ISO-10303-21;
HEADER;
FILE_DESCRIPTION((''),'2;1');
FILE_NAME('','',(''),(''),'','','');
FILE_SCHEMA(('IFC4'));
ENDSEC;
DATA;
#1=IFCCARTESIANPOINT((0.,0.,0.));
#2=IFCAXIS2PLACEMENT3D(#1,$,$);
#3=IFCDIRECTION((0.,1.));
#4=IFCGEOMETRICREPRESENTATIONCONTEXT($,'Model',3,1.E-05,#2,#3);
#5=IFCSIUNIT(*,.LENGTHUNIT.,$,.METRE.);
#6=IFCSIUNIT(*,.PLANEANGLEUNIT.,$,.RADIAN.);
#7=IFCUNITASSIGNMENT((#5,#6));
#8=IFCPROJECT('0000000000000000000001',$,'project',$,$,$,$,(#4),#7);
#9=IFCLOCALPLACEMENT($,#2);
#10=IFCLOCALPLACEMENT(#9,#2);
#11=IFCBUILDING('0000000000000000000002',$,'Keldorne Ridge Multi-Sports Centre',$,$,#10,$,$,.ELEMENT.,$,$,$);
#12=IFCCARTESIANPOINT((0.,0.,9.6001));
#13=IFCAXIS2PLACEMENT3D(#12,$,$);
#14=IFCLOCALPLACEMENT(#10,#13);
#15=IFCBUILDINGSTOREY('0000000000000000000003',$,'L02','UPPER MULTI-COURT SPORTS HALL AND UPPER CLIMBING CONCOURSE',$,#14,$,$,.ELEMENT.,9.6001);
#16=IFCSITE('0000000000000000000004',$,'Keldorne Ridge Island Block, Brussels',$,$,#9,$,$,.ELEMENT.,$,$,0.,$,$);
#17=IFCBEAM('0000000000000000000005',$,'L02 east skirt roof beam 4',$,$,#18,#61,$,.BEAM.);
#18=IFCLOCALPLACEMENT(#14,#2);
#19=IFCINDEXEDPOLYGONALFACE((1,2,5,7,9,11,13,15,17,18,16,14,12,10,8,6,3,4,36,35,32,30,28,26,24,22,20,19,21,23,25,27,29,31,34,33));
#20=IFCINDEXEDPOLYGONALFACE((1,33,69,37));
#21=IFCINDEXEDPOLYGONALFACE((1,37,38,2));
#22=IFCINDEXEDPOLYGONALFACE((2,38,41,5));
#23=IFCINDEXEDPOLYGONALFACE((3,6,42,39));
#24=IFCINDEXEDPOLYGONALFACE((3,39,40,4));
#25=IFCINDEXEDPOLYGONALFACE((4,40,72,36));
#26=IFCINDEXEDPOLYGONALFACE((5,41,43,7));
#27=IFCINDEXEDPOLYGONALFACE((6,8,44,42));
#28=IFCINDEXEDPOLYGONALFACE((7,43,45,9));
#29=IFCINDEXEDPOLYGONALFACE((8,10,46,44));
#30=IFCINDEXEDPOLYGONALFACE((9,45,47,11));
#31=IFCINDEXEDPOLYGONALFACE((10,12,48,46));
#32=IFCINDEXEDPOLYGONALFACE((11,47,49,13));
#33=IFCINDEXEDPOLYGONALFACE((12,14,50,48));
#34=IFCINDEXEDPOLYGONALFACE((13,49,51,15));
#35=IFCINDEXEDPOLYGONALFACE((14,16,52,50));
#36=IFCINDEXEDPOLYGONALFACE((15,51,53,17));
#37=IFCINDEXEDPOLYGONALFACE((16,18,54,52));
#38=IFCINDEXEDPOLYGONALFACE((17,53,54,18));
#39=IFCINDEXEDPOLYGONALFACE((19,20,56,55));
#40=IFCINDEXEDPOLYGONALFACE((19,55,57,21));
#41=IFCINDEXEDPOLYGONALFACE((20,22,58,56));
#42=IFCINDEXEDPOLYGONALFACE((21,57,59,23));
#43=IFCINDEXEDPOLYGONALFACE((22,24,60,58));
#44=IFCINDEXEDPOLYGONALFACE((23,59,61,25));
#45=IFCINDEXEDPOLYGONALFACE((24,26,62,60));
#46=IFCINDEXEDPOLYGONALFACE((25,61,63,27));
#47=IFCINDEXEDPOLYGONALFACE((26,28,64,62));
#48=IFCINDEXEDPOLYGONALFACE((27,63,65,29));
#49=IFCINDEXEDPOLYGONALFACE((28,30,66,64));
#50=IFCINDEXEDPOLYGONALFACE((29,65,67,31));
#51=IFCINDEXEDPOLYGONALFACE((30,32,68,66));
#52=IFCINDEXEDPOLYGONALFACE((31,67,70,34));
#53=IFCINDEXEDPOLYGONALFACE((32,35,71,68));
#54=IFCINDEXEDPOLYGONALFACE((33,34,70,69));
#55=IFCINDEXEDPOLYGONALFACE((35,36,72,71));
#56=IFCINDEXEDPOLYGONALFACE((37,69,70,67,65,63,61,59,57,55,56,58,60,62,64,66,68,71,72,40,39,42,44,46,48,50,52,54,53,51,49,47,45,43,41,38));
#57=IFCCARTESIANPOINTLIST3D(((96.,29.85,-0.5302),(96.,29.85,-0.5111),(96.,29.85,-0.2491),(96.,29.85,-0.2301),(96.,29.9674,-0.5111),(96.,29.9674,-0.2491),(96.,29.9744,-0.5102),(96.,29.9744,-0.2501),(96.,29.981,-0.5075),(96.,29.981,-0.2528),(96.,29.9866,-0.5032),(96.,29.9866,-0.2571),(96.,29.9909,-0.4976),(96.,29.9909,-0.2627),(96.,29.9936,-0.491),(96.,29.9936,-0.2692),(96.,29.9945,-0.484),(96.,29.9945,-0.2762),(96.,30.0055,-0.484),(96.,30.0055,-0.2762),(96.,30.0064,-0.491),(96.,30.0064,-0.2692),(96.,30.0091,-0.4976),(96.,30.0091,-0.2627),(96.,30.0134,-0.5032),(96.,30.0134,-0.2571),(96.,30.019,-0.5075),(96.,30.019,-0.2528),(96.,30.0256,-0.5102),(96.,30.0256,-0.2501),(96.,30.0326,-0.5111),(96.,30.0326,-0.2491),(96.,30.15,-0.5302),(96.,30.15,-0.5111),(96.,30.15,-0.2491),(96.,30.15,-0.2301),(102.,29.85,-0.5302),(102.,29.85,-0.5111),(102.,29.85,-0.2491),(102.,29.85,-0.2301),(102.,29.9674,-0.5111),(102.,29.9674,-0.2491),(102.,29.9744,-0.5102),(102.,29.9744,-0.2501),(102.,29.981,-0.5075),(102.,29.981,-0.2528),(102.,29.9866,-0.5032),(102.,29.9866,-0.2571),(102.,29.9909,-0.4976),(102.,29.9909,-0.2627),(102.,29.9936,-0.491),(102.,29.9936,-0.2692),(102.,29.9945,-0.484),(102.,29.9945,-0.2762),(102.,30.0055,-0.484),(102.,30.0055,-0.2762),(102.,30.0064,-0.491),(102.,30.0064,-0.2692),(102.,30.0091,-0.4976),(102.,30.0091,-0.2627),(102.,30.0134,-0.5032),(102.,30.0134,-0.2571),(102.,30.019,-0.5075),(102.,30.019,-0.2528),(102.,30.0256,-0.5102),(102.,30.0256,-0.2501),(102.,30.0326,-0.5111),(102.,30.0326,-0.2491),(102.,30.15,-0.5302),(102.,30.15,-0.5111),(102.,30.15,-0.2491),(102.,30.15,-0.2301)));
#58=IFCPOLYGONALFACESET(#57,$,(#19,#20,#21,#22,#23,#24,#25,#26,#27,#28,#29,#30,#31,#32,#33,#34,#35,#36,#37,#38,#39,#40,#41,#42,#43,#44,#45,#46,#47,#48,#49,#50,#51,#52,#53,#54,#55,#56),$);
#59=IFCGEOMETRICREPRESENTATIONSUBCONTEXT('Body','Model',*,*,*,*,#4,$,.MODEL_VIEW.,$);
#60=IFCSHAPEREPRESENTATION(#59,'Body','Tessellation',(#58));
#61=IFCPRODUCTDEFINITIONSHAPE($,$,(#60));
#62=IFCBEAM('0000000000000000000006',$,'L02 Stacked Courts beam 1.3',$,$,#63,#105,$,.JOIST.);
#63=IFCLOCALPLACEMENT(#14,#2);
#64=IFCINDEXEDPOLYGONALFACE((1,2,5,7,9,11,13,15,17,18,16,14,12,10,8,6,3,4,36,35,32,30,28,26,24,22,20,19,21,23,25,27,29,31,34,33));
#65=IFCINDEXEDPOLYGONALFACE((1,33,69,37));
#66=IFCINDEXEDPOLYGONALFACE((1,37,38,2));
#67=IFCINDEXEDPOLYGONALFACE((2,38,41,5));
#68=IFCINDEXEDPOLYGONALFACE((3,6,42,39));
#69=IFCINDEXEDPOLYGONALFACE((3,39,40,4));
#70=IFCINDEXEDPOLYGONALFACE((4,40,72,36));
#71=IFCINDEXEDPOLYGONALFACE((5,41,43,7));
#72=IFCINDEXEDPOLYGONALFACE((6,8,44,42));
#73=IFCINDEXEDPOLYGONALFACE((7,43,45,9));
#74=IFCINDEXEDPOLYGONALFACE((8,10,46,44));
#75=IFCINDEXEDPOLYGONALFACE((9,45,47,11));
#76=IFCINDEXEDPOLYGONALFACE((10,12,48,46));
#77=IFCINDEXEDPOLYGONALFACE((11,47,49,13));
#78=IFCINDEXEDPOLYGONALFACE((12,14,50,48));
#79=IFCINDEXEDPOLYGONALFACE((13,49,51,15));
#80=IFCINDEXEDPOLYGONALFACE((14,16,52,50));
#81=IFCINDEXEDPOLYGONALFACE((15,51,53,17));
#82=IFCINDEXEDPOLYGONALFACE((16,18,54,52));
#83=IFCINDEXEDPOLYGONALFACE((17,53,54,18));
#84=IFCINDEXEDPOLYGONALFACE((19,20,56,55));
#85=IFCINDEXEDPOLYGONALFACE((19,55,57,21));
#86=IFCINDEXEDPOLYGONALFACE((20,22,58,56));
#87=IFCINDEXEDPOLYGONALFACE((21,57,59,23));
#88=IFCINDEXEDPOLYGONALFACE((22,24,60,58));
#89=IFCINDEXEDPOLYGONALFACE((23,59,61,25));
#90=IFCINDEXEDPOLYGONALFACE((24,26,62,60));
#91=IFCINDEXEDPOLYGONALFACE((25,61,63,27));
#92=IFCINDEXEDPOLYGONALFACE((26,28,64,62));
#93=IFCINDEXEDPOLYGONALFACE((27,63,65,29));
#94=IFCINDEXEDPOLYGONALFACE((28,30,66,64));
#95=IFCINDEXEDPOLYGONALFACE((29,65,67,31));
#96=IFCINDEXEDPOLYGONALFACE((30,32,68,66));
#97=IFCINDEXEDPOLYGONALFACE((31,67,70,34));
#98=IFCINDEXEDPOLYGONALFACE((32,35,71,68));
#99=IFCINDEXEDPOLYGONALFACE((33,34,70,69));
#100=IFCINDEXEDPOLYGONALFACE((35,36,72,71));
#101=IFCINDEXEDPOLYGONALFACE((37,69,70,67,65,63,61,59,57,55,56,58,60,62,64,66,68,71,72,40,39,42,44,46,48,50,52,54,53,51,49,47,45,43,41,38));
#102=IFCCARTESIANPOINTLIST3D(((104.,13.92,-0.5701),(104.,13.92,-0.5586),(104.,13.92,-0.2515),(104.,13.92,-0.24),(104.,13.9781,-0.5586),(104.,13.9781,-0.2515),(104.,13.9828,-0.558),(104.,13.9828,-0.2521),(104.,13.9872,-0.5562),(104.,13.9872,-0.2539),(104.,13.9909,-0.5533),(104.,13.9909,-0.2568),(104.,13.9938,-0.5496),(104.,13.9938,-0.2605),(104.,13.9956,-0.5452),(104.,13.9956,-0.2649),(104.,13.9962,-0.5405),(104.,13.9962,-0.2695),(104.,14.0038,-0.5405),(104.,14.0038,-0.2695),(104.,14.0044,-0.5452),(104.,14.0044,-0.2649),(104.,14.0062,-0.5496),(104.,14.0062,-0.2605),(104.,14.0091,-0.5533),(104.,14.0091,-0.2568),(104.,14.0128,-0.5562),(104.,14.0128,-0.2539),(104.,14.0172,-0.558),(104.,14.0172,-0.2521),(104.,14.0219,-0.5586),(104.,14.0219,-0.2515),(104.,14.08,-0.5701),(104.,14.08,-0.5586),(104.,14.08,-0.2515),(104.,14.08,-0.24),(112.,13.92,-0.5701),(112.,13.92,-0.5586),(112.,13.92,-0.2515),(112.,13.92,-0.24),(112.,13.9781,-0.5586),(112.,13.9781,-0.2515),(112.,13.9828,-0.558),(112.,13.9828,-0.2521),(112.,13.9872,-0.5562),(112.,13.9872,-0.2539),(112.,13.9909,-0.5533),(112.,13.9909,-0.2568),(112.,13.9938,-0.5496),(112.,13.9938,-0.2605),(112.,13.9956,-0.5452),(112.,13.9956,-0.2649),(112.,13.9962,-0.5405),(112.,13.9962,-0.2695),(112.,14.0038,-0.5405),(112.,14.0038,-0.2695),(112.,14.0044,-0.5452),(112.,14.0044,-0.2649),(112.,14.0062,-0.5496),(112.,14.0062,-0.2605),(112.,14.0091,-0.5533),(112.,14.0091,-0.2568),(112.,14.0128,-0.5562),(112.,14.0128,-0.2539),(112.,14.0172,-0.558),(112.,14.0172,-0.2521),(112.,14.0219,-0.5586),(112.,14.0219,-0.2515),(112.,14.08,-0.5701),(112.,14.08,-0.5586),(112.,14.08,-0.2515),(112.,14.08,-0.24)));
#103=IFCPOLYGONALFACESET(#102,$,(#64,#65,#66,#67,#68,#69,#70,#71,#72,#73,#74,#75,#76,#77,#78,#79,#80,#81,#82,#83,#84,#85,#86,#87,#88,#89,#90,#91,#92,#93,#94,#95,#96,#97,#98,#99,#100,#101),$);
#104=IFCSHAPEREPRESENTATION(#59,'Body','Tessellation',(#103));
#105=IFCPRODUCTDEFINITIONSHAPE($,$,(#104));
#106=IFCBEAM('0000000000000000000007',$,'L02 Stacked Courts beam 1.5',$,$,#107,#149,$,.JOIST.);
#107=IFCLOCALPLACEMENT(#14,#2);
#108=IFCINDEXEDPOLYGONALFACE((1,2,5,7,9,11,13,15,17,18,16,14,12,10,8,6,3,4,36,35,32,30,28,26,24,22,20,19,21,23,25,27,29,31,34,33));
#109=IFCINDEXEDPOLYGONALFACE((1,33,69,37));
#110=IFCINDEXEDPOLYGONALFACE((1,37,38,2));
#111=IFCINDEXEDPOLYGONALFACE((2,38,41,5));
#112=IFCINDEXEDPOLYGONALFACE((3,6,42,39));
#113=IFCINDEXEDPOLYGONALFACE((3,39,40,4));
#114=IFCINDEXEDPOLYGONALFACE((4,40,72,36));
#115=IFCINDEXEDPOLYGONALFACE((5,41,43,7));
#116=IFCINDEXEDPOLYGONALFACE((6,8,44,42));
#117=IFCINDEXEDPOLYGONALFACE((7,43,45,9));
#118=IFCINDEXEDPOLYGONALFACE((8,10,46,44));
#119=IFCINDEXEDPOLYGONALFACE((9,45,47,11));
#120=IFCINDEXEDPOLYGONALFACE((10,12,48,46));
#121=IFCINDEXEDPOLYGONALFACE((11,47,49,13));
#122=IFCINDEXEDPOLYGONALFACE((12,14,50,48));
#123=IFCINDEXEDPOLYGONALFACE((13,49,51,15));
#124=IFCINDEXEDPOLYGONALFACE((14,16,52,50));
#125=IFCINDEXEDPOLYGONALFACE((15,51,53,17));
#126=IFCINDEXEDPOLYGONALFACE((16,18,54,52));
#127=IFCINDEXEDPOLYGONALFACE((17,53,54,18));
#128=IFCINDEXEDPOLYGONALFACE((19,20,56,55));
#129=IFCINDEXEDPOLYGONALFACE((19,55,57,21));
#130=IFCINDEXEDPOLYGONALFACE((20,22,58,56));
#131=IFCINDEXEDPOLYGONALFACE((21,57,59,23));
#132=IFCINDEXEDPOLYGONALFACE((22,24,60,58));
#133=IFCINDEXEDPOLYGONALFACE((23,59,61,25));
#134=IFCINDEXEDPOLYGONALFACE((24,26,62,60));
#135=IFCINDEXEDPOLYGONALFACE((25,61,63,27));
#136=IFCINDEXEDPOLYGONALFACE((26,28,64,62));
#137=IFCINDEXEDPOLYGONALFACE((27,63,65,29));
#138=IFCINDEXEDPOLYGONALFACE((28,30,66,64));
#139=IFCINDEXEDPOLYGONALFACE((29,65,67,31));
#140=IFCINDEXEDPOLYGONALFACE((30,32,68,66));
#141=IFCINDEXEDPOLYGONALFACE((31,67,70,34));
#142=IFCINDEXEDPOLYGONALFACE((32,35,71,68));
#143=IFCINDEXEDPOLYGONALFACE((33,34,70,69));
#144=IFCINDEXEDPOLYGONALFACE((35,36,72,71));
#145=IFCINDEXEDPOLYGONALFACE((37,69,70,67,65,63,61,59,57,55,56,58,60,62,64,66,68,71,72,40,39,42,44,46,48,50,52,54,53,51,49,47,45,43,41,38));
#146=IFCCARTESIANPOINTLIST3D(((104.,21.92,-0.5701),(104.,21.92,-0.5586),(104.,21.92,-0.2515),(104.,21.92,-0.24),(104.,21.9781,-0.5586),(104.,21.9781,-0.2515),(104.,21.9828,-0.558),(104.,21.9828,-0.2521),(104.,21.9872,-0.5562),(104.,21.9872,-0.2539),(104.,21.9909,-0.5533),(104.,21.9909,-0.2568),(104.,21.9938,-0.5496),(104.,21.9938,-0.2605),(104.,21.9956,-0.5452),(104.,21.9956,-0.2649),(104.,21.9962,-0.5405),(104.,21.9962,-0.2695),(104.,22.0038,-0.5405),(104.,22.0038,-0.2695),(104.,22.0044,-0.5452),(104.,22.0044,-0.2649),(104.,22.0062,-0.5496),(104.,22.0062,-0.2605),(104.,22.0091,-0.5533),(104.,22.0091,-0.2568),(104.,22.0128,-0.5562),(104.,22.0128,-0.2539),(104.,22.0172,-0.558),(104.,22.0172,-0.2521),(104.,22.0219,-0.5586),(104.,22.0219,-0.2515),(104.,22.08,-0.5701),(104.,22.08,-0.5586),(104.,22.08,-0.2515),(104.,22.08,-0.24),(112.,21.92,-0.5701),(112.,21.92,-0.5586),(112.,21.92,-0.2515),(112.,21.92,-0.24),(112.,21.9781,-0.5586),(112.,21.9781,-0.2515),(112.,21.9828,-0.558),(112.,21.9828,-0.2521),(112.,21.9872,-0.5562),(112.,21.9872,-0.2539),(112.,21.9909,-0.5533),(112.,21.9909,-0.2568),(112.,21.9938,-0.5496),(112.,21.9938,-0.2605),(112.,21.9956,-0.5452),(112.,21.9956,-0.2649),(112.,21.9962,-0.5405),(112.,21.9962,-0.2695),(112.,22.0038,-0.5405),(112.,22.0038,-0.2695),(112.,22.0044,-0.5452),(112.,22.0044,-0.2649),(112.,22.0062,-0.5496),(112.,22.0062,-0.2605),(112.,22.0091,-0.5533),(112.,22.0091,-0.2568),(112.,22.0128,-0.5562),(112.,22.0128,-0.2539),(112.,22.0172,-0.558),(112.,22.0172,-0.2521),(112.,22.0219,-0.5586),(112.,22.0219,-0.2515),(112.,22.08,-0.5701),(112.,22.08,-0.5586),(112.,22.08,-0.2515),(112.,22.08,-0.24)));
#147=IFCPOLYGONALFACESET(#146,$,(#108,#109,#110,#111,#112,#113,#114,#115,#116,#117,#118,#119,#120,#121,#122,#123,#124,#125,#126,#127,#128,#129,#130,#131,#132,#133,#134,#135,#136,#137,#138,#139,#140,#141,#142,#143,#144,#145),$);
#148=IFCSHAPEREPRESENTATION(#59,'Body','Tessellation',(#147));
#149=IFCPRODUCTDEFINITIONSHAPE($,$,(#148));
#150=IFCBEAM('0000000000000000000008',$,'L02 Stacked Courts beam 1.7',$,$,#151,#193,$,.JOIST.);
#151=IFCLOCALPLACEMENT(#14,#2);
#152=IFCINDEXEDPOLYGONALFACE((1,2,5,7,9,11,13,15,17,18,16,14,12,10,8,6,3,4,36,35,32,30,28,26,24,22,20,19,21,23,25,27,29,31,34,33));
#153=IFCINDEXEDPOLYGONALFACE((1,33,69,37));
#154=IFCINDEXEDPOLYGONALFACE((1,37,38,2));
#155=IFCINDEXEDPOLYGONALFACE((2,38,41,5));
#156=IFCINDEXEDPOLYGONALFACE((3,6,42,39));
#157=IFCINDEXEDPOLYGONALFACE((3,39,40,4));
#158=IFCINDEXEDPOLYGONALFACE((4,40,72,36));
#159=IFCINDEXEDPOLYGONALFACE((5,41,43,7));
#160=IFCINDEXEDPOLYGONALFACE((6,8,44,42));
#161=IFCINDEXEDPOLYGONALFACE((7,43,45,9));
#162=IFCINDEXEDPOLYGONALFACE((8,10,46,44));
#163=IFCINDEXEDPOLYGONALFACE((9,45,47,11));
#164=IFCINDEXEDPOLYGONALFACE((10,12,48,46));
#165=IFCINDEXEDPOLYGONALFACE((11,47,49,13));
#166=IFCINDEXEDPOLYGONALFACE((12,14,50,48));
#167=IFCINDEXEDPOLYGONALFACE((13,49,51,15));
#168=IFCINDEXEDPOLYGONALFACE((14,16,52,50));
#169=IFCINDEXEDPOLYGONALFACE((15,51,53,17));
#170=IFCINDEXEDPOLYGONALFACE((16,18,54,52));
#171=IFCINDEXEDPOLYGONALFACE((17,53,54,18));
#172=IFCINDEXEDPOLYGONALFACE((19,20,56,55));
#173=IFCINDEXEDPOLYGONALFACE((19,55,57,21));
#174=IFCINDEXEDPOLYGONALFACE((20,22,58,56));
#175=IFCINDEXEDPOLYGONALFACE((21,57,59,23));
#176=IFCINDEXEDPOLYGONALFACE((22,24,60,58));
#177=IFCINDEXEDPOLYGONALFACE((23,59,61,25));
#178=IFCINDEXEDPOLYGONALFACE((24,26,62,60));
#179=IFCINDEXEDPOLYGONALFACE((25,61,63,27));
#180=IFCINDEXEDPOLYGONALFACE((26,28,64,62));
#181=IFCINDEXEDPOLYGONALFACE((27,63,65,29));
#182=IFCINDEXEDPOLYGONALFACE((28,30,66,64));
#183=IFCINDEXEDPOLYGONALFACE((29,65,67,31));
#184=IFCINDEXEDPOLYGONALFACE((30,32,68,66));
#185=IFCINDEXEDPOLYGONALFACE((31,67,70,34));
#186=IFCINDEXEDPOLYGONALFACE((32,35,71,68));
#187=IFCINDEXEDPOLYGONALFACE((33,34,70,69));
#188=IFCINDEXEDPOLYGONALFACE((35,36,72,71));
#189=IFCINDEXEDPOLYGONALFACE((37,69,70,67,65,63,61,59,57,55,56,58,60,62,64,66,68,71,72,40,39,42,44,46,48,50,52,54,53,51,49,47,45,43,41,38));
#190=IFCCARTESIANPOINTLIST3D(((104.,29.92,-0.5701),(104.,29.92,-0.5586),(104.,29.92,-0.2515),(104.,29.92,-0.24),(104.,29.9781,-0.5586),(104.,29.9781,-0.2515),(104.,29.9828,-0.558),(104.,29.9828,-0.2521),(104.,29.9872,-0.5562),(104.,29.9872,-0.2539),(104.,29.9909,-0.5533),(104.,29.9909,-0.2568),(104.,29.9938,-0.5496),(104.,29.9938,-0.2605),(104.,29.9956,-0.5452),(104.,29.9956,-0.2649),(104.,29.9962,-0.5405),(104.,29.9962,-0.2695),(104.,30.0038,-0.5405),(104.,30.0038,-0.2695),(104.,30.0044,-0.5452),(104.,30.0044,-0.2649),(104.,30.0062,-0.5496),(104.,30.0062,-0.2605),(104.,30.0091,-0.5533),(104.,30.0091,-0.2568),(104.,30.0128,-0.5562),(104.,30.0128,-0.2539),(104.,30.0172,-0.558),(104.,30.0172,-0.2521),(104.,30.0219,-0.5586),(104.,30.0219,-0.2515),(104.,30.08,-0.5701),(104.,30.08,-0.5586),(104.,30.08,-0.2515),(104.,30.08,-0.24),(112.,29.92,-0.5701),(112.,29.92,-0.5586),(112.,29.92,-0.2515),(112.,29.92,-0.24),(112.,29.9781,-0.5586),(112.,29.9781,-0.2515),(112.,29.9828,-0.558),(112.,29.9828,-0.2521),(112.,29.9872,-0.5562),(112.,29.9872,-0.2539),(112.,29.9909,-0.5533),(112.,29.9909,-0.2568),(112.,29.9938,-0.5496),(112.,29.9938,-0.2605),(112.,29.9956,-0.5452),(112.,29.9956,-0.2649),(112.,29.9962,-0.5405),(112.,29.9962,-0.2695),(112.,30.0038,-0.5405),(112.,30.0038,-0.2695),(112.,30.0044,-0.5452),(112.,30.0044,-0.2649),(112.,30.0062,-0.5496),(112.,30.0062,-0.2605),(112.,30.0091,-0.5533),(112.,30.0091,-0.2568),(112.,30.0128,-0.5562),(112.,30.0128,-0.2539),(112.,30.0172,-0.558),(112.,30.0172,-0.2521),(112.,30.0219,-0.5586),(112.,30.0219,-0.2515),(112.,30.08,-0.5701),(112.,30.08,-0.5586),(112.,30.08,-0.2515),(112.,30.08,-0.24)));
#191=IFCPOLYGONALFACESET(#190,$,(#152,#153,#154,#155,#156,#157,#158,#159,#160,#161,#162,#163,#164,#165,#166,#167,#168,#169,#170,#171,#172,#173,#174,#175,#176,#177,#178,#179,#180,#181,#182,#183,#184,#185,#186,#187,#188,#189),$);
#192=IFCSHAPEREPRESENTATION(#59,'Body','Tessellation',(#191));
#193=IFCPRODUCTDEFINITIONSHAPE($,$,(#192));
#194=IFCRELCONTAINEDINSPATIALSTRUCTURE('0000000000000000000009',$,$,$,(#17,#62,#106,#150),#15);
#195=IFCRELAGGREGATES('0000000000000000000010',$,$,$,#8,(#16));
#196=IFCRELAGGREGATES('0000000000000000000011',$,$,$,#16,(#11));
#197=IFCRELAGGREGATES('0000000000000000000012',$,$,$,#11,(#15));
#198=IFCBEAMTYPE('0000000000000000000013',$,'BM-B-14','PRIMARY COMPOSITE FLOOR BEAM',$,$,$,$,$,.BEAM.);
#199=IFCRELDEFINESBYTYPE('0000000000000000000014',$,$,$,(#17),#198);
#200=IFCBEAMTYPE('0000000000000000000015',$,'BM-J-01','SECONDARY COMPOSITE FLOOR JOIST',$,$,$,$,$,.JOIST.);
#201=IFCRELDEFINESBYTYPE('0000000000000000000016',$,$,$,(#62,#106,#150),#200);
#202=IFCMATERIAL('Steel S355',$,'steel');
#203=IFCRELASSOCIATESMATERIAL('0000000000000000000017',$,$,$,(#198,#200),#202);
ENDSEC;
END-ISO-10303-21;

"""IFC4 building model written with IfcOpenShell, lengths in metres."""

from ifc_helpers import new_model, si_unit, direction, frame, origin, origin_2d, place, context, subcontext, project, spatial, i_section, extrude, material, material_profile, profile_set, type_object, element, save


model = new_model("IFC4")

# Units and contexts
model_context = context("Model", 3, precision=1e-05, world=origin(), true_north=direction((0.0, 1.0)))
body_context = subcontext(model_context, "Body", "Model", "MODEL_VIEW")
ifc_project = project(units=[si_unit("LENGTHUNIT", "METRE"), si_unit("PLANEANGLEUNIT", "RADIAN")], contexts=[model_context])

# Site, building, storey
site_placement = place(None, origin())
site = spatial("IfcSite", under=ifc_project, at=site_placement, Name="Keldorne Ridge Island Block, Brussels", CompositionType="ELEMENT", RefElevation=0.0)
building_placement = place(site_placement, origin())
building = spatial("IfcBuilding", under=site, at=building_placement, Name="Keldorne Ridge Multi-Sports Centre", CompositionType="ELEMENT")
storey_placement = place(building_placement, frame((0.0, 0.0, 9.6001)))
storey = spatial("IfcBuildingStorey", under=building, at=storey_placement, Name="L02", Description="UPPER MULTI-COURT SPORTS HALL AND UPPER CLIMBING CONCOURSE", CompositionType="ELEMENT", Elevation=9.6001)

# Shared definitions
ifc_material_1 = material(Name="Steel S355", Category="steel")

# Beams
ifc_material_profile_1 = material_profile(ifc_material_1, i_section(OverallWidth=0.3, OverallDepth=0.3, WebThickness=0.011, FlangeThickness=0.019, FilletRadius=0.0271, at=origin_2d()), Name="HEB 300")
ifc_profile_set_1 = profile_set([ifc_material_profile_1], Name="Steel S355")
beam_type_1 = type_object("IfcBeamType", Name="BM-B-14", Description="PRIMARY COMPOSITE FLOOR BEAM", PredefinedType="BEAM", material=ifc_profile_set_1)
for number, where, z_axis, x_axis, name in (
    (1, (96.0, 30.0, -0.3801), (1.0, 0.0, 0.0), (0.0, 1.0, 0.0), "L02 east skirt roof beam 4"),
):
    element("IfcBeam", number, at=place(storey_placement, frame(where, z_axis=z_axis, x_axis=x_axis)), inside=storey, type_object=beam_type_1, Name=name, PredefinedType="BEAM", context=body_context, shape_type="SweptSolid", body=[
        extrude(i_section(OverallWidth=0.3, OverallDepth=0.3, WebThickness=0.011, FlangeThickness=0.019, FilletRadius=0.0271, at=origin_2d()), origin(), (0.0, 0.0, 1.0), 6.0),
    ])
ifc_material_profile_2 = material_profile(ifc_material_1, i_section(OverallWidth=0.1599, OverallDepth=0.3301, WebThickness=0.0076, FlangeThickness=0.0115, FilletRadius=0.0181, at=origin_2d()), Name="IPE 330")
ifc_profile_set_2 = profile_set([ifc_material_profile_2], Name="Steel S355")
beam_type_2 = type_object("IfcBeamType", Name="BM-J-01", Description="SECONDARY COMPOSITE FLOOR JOIST", PredefinedType="JOIST", material=ifc_profile_set_2)
for number, where, z_axis, x_axis, name in (
    (2, (104.0, 14.0, -0.405), (1.0, 0.0, 0.0), (0.0, 1.0, 0.0), "L02 Stacked Courts beam 1.3"),
    (3, (104.0, 22.0, -0.405), (1.0, 0.0, 0.0), (0.0, 1.0, 0.0), "L02 Stacked Courts beam 1.5"),
    (4, (104.0, 30.0, -0.405), (1.0, 0.0, 0.0), (0.0, 1.0, 0.0), "L02 Stacked Courts beam 1.7"),
):
    element("IfcBeam", number, at=place(storey_placement, frame(where, z_axis=z_axis, x_axis=x_axis)), inside=storey, type_object=beam_type_2, Name=name, PredefinedType="JOIST", context=body_context, shape_type="SweptSolid", body=[
        extrude(i_section(OverallWidth=0.1599, OverallDepth=0.3301, WebThickness=0.0076, FlangeThickness=0.0115, FilletRadius=0.0181, at=origin_2d()), origin(), (0.0, 0.0, 1.0), 8.0),
    ])

save(model, "model.ifc")
